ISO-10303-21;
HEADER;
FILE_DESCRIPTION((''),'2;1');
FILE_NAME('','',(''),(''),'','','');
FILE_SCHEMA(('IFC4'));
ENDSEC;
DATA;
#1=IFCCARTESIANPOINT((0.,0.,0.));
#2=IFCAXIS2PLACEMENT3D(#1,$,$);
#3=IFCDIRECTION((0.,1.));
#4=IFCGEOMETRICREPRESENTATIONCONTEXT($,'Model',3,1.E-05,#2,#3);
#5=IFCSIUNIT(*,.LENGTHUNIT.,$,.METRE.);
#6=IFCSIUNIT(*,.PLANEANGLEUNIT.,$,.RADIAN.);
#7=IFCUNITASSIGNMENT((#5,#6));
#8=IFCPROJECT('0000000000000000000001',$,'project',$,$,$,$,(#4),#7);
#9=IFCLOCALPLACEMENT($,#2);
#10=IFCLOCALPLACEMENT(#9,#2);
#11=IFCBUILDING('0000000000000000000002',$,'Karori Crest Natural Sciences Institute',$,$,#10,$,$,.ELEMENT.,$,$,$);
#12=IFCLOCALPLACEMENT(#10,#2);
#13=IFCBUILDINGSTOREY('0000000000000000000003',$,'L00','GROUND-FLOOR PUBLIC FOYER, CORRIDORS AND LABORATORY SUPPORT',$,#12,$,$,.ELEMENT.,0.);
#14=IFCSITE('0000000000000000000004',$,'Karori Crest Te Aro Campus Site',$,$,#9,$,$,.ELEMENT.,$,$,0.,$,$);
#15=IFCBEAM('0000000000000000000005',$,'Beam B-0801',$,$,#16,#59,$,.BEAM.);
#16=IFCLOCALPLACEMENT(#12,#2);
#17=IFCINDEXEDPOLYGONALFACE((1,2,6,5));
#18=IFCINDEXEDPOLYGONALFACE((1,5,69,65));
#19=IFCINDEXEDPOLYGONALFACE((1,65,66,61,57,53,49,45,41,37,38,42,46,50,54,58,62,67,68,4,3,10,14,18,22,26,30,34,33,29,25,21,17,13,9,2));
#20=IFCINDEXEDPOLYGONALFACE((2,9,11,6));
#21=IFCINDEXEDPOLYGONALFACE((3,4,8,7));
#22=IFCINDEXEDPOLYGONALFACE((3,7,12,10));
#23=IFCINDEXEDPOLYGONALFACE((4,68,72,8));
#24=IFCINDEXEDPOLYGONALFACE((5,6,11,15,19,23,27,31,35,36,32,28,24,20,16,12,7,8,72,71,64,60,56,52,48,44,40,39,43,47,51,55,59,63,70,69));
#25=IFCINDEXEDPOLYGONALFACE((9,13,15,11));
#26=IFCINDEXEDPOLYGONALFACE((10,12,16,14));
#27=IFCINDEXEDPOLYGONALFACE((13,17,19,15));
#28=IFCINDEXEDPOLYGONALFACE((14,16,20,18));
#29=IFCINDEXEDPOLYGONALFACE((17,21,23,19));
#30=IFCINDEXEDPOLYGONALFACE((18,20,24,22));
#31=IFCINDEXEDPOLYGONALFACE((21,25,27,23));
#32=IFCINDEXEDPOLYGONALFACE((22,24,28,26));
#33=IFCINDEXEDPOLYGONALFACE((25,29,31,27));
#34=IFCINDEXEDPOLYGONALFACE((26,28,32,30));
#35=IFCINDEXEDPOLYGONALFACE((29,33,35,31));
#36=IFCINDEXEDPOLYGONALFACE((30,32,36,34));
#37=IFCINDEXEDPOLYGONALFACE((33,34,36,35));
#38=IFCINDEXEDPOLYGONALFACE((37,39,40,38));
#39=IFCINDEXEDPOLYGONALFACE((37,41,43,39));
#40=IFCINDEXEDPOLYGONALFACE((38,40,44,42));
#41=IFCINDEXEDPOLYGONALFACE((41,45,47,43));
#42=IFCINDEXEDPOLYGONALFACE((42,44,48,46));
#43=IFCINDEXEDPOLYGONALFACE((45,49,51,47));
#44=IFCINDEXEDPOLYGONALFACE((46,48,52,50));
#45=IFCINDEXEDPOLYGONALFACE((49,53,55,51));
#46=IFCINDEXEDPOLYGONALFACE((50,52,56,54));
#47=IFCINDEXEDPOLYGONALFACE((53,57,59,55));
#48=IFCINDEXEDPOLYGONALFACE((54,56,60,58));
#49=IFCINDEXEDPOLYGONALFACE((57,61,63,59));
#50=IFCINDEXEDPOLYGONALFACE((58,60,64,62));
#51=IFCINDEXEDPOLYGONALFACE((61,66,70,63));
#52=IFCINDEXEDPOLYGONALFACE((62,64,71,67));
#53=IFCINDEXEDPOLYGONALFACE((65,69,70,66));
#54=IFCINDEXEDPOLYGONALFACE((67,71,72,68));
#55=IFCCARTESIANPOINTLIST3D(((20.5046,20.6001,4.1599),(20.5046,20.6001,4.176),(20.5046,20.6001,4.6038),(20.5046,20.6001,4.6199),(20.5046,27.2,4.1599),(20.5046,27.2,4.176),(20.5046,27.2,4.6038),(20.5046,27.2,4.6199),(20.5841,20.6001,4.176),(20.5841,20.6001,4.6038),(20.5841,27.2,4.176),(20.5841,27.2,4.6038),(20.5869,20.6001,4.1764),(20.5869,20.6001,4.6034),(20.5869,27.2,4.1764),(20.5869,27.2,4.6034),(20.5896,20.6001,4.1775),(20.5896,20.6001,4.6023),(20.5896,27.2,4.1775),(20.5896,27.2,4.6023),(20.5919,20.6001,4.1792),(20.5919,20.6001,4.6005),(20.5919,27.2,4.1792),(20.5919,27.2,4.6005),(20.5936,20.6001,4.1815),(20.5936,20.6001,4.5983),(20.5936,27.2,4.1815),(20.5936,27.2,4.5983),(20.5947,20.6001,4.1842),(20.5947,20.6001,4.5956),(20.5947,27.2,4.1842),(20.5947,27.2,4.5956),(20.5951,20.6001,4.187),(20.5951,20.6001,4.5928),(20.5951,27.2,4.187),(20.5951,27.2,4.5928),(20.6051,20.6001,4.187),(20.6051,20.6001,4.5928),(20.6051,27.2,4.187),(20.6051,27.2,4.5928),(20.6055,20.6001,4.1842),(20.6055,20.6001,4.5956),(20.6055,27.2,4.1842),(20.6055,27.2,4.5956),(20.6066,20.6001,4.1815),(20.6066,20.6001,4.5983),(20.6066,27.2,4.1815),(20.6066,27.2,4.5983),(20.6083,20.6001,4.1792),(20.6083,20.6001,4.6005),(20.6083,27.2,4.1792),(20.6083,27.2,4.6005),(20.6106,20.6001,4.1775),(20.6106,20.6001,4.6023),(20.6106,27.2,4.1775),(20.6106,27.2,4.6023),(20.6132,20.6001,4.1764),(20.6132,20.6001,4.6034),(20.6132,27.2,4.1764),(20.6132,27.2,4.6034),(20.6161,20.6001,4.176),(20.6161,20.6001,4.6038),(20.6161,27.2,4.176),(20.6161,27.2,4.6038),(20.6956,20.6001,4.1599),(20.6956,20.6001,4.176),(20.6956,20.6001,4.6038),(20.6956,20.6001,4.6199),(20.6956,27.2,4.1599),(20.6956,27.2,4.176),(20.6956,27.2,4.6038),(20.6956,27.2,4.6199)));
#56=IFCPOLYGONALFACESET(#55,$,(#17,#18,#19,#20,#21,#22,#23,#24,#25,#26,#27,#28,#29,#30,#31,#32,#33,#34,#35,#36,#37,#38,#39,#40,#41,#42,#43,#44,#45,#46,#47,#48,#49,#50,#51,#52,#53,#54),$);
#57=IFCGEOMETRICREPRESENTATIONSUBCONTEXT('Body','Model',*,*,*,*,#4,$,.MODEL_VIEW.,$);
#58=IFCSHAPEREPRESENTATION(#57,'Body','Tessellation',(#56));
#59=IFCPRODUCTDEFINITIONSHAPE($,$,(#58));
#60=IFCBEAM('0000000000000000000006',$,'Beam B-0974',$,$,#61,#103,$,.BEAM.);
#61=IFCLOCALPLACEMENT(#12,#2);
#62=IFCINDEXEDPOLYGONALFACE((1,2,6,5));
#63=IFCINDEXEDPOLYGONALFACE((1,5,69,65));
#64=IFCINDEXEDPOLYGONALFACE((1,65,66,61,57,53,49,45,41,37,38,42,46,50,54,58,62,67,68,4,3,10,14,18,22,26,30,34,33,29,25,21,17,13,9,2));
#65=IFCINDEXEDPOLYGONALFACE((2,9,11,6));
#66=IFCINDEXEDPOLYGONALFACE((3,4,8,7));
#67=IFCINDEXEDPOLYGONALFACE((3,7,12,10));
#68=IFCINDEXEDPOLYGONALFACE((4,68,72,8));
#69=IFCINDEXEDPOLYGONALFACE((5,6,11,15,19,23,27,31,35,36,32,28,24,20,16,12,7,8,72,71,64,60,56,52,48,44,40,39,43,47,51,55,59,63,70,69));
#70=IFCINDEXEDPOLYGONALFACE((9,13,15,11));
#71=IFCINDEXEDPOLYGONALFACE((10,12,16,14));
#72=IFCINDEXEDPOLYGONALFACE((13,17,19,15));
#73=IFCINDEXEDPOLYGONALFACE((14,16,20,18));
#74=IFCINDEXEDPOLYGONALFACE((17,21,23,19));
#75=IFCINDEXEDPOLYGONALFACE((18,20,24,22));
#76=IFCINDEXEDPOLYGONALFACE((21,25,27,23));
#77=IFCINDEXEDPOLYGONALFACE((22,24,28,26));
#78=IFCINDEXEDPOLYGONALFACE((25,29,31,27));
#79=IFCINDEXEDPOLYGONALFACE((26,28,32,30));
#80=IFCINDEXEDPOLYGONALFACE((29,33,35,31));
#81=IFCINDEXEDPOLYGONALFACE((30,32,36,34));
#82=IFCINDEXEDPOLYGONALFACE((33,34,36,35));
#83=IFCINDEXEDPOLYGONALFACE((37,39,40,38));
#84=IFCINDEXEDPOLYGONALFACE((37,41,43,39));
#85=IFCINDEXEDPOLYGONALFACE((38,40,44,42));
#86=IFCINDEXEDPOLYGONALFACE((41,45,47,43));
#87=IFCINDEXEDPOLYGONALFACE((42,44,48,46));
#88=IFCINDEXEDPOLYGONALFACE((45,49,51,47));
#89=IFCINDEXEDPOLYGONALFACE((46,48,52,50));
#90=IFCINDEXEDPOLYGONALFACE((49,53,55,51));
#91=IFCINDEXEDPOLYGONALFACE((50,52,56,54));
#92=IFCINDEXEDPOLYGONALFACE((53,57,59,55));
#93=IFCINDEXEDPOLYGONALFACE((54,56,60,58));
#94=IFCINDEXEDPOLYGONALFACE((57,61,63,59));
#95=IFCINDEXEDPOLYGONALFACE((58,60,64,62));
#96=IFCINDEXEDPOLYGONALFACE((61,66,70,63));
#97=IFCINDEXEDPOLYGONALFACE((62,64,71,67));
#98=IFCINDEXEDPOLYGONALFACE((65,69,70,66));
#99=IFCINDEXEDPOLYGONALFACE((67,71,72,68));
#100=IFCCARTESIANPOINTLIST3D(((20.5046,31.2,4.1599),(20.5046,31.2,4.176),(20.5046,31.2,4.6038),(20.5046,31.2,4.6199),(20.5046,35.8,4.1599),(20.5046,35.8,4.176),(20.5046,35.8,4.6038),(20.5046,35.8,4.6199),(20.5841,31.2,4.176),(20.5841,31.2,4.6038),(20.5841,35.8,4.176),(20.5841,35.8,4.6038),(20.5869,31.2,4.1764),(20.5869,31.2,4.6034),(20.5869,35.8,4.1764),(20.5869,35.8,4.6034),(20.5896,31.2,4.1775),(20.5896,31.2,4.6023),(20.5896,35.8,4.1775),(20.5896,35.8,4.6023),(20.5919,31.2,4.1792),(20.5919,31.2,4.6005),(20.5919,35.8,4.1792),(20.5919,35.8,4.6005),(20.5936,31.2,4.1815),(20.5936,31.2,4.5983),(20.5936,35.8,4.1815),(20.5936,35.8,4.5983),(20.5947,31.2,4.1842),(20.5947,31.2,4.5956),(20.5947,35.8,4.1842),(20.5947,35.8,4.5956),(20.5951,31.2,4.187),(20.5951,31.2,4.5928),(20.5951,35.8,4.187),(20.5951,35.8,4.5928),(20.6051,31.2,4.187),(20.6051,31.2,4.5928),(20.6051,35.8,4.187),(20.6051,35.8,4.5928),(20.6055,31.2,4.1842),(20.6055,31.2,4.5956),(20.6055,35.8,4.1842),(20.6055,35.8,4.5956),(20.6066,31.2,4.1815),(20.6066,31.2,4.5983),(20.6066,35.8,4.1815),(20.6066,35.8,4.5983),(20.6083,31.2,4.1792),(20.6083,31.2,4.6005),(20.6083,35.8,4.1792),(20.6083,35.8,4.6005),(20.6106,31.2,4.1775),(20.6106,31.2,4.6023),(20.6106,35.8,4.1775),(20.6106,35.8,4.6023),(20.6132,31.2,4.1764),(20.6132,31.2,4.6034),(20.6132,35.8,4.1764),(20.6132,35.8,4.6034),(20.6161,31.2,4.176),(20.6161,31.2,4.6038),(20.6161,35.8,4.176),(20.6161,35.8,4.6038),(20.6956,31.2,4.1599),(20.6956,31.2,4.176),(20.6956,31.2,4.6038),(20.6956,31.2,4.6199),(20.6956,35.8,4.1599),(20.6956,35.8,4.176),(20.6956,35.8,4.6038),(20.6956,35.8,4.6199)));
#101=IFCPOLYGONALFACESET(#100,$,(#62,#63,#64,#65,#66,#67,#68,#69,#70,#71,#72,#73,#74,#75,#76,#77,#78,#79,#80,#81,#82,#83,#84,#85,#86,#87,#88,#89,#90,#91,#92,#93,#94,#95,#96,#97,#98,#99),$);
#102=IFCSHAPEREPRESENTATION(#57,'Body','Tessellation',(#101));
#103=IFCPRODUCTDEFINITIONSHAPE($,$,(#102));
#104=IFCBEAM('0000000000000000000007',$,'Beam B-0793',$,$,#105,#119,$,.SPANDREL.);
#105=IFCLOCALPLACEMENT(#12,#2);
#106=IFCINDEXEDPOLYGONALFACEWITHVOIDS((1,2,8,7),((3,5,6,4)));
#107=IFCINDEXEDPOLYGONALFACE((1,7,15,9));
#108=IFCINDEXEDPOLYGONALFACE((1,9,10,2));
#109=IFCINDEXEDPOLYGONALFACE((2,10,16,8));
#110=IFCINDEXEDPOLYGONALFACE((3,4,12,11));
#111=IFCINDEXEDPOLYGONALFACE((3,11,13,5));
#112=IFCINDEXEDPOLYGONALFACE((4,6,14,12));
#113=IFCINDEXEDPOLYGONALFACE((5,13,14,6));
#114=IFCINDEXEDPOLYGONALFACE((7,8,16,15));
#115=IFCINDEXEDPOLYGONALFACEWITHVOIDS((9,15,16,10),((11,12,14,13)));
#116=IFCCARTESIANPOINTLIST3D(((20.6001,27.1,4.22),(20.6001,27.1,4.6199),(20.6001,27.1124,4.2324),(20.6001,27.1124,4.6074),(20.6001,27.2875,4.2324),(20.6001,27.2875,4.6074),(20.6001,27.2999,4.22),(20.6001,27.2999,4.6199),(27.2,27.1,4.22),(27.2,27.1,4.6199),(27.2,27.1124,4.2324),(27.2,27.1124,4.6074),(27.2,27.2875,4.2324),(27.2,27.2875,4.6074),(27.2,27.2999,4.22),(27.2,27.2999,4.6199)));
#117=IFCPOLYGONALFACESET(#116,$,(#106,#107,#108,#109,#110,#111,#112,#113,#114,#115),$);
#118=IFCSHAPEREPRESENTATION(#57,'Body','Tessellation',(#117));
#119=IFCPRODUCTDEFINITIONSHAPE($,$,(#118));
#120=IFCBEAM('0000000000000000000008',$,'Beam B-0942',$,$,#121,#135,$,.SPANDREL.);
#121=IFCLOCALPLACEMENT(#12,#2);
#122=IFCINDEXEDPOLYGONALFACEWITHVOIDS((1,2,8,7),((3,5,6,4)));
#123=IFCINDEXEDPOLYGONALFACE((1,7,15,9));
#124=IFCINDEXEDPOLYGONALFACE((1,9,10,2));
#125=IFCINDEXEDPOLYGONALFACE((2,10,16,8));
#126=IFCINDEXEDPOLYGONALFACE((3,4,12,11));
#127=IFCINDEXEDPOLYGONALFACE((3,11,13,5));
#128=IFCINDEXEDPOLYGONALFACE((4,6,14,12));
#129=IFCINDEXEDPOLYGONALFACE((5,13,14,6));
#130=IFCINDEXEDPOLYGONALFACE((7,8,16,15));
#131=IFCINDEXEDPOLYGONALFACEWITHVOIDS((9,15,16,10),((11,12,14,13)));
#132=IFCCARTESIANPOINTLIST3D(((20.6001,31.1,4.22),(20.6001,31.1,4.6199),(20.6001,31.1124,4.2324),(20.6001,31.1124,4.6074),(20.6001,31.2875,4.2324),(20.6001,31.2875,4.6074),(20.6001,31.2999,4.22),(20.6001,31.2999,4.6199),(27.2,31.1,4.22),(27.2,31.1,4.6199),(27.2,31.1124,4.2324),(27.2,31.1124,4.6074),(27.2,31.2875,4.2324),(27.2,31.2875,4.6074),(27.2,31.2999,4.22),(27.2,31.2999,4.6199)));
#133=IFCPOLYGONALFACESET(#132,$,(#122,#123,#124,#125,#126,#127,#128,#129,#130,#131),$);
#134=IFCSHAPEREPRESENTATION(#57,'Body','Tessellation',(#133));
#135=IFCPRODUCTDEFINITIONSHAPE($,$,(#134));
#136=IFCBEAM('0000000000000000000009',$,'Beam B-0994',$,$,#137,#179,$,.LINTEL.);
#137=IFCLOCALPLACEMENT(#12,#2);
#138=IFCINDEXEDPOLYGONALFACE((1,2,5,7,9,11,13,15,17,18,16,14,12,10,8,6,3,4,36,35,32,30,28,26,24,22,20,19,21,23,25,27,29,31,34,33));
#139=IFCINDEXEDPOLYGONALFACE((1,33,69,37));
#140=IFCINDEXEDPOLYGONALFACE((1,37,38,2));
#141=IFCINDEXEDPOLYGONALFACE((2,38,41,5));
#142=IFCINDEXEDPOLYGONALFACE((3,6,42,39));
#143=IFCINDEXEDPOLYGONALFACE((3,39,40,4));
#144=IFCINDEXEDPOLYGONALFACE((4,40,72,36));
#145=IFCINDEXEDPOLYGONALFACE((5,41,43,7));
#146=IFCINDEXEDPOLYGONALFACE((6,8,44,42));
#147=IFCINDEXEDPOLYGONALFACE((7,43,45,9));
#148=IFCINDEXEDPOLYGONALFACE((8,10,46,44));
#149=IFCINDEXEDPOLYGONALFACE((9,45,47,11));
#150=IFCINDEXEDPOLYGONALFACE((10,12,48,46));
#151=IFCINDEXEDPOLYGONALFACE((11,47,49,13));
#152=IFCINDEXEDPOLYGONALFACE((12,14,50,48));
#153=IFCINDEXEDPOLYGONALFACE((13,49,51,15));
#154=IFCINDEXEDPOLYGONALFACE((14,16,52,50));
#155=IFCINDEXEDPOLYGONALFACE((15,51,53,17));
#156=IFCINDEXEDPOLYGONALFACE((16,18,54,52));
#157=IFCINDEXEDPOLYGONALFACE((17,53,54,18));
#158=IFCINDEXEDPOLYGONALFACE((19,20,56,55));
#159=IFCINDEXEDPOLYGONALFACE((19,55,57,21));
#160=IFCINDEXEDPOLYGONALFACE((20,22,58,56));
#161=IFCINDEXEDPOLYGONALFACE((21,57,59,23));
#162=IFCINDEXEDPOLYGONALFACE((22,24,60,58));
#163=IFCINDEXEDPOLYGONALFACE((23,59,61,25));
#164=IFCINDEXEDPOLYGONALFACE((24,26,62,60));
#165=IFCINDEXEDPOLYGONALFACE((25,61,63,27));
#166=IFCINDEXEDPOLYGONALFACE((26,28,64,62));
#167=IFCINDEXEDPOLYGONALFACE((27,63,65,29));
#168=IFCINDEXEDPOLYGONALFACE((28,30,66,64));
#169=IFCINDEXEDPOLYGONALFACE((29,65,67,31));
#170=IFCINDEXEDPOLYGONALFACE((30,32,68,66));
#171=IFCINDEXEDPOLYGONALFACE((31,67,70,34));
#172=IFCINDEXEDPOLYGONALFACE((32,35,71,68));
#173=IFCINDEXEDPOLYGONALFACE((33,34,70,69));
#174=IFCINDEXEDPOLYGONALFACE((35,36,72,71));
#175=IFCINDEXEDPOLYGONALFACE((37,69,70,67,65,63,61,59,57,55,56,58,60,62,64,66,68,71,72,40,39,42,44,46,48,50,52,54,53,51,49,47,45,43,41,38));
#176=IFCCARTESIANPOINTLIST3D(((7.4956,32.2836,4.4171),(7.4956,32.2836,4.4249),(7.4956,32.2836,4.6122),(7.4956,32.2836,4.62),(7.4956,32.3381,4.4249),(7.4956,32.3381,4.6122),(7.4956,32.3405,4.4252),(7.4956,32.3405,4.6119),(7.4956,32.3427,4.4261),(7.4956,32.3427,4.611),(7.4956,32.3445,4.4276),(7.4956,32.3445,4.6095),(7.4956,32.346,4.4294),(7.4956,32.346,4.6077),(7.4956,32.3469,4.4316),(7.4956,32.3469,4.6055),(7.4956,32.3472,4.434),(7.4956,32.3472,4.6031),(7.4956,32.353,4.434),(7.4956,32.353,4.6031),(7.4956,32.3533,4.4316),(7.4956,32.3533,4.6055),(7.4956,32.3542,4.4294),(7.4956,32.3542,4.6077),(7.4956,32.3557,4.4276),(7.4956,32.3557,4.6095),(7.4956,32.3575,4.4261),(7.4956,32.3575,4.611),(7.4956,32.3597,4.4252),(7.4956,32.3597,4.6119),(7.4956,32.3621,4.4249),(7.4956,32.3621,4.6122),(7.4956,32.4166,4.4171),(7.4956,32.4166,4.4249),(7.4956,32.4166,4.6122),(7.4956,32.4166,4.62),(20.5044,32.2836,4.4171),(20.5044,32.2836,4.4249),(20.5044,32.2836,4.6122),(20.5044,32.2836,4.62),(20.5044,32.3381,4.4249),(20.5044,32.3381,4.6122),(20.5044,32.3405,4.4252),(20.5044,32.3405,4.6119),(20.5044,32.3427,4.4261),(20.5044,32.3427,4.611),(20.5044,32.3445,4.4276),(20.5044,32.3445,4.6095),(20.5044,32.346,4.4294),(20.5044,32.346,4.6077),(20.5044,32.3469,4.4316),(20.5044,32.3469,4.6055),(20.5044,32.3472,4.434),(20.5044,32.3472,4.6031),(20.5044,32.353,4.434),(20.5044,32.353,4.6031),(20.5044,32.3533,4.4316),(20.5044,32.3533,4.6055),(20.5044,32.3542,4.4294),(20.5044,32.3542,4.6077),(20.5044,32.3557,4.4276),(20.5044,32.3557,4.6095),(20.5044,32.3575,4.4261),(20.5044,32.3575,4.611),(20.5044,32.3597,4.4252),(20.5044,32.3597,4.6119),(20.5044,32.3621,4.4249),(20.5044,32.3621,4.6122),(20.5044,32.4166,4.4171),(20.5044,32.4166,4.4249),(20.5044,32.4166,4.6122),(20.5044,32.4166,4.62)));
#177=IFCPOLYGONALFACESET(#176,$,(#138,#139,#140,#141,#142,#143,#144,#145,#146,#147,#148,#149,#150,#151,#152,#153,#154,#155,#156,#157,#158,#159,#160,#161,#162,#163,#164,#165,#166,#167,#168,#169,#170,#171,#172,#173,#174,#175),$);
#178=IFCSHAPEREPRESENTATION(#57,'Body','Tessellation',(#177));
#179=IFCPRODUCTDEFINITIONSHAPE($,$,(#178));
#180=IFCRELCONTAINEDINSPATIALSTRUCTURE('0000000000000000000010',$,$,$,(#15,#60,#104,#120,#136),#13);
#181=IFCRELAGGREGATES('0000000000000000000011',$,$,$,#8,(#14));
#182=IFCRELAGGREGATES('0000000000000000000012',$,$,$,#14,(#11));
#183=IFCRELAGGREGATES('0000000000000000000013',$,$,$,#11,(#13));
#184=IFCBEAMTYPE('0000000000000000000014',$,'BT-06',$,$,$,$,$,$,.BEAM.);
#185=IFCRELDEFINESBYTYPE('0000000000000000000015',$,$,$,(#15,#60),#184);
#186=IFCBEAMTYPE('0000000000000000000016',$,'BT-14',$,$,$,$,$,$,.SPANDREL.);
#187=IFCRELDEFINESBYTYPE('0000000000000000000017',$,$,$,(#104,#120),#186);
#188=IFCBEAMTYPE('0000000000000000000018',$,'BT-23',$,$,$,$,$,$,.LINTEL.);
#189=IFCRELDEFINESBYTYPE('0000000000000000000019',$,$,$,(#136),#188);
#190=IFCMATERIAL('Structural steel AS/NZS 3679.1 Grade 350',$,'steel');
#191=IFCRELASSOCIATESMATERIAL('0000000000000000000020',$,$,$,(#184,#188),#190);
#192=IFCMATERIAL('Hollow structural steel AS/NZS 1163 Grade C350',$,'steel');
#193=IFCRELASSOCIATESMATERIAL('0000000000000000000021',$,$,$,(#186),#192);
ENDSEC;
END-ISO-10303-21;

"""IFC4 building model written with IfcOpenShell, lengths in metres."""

from ifc_helpers import new_model, si_unit, direction, frame, origin, origin_2d, place, context, subcontext, project, spatial, hollow_rectangle, i_section, extrude, material, material_profile, profile_set, type_object, element, save


model = new_model("IFC4")

# Units and contexts
model_context = context("Model", 3, precision=1e-05, world=origin(), true_north=direction((0.0, 1.0)))
body_context = subcontext(model_context, "Body", "Model", "MODEL_VIEW")
ifc_project = project(units=[si_unit("LENGTHUNIT", "METRE"), si_unit("PLANEANGLEUNIT", "RADIAN")], contexts=[model_context])

# Site, building, storey
site_placement = place(None, origin())
site = spatial("IfcSite", under=ifc_project, at=site_placement, Name="Karori Crest Te Aro Campus Site", CompositionType="ELEMENT", RefElevation=0.0)
building_placement = place(site_placement, origin())
building = spatial("IfcBuilding", under=site, at=building_placement, Name="Karori Crest Natural Sciences Institute", CompositionType="ELEMENT")
storey_placement = place(building_placement, origin())
storey = spatial("IfcBuildingStorey", under=building, at=storey_placement, Name="L00", Description="GROUND-FLOOR PUBLIC FOYER, CORRIDORS AND LABORATORY SUPPORT", CompositionType="ELEMENT", Elevation=0.0)

# Shared definitions
ifc_material_1 = material(Name="Structural steel AS/NZS 3679.1 Grade 350", Category="steel")
ifc_material_2 = material(Name="Hollow structural steel AS/NZS 1163 Grade C350", Category="steel")

# Beams
ifc_material_profile_1 = material_profile(ifc_material_1, i_section(OverallWidth=0.1909, OverallDepth=0.46, WebThickness=0.01, FlangeThickness=0.0161, FilletRadius=0.011, at=origin_2d()), Name="460UB82.1")
ifc_profile_set_1 = profile_set([ifc_material_profile_1], Name="Structural steel AS/NZS 3679.1 Grade 350")
beam_type_1 = type_object("IfcBeamType", Name="BT-06", PredefinedType="BEAM", material=ifc_profile_set_1)
beam_1_placement = place(storey_placement, frame((20.6001, 20.6001, 4.3899), z_axis=(0.0, 1.0, 0.0), x_axis=(-1.0, 0.0, 0.0)))
element("IfcBeam", 1, at=beam_1_placement, inside=storey, type_object=beam_type_1, Name="Beam B-0801", PredefinedType="BEAM", context=body_context, shape_type="SweptSolid", body=[
    extrude(i_section(OverallWidth=0.1909, OverallDepth=0.46, WebThickness=0.01, FlangeThickness=0.0161, FilletRadius=0.011, at=origin_2d()), origin(), (0.0, 0.0, 1.0), 6.5999),
])
beam_2_placement = place(storey_placement, frame((20.6001, 31.2, 4.3899), z_axis=(0.0, 1.0, 0.0), x_axis=(-1.0, 0.0, 0.0)))
element("IfcBeam", 2, at=beam_2_placement, inside=storey, type_object=beam_type_1, Name="Beam B-0974", PredefinedType="BEAM", context=body_context, shape_type="SweptSolid", body=[
    extrude(i_section(OverallWidth=0.1909, OverallDepth=0.46, WebThickness=0.01, FlangeThickness=0.0161, FilletRadius=0.011, at=origin_2d()), origin(), (0.0, 0.0, 1.0), 4.6001),
])
ifc_material_profile_2 = material_profile(ifc_material_2, hollow_rectangle(XDim=0.2, YDim=0.3999, WallThickness=0.0125, at=origin_2d()), Name="RHS400x200x12.5")
ifc_profile_set_2 = profile_set([ifc_material_profile_2], Name="Hollow structural steel AS/NZS 1163 Grade C350")
beam_type_2 = type_object("IfcBeamType", Name="BT-14", PredefinedType="SPANDREL", material=ifc_profile_set_2)
for number, where, z_axis, x_axis, name in (
    (3, (20.6001, 27.2, 4.4199), (1.0, 0.0, 0.0), (0.0, 1.0, 0.0), "Beam B-0793"),
    (4, (20.6001, 31.2, 4.4199), (1.0, 0.0, 0.0), (0.0, 1.0, 0.0), "Beam B-0942"),
):
    element("IfcBeam", number, at=place(storey_placement, frame(where, z_axis=z_axis, x_axis=x_axis)), inside=storey, type_object=beam_type_2, Name=name, PredefinedType="SPANDREL", context=body_context, shape_type="SweptSolid", body=[
        extrude(hollow_rectangle(XDim=0.2, YDim=0.3999, WallThickness=0.0125, at=origin_2d()), origin(), (0.0, 0.0, 1.0), 6.5999),
    ])
ifc_material_profile_3 = material_profile(ifc_material_1, i_section(OverallWidth=0.1331, OverallDepth=0.2029, WebThickness=0.0059, FlangeThickness=0.0078, FilletRadius=0.009, at=origin_2d()), Name="200UB25.4")
ifc_profile_set_3 = profile_set([ifc_material_profile_3], Name="Structural steel AS/NZS 3679.1 Grade 350")
beam_type_3 = type_object("IfcBeamType", Name="BT-23", PredefinedType="LINTEL", material=ifc_profile_set_3)
beam_3_placement = place(storey_placement, frame((7.4956, 32.3501, 4.5186), z_axis=(1.0, 0.0, 0.0), x_axis=(0.0, 1.0, 0.0)))
element("IfcBeam", 5, at=beam_3_placement, inside=storey, type_object=beam_type_3, Name="Beam B-0994", PredefinedType="LINTEL", context=body_context, shape_type="SweptSolid", body=[
    extrude(i_section(OverallWidth=0.1331, OverallDepth=0.2029, WebThickness=0.0059, FlangeThickness=0.0078, FilletRadius=0.009, at=origin_2d()), origin(), (0.0, 0.0, 1.0), 13.0088),
])

save(model, "model.ifc")
